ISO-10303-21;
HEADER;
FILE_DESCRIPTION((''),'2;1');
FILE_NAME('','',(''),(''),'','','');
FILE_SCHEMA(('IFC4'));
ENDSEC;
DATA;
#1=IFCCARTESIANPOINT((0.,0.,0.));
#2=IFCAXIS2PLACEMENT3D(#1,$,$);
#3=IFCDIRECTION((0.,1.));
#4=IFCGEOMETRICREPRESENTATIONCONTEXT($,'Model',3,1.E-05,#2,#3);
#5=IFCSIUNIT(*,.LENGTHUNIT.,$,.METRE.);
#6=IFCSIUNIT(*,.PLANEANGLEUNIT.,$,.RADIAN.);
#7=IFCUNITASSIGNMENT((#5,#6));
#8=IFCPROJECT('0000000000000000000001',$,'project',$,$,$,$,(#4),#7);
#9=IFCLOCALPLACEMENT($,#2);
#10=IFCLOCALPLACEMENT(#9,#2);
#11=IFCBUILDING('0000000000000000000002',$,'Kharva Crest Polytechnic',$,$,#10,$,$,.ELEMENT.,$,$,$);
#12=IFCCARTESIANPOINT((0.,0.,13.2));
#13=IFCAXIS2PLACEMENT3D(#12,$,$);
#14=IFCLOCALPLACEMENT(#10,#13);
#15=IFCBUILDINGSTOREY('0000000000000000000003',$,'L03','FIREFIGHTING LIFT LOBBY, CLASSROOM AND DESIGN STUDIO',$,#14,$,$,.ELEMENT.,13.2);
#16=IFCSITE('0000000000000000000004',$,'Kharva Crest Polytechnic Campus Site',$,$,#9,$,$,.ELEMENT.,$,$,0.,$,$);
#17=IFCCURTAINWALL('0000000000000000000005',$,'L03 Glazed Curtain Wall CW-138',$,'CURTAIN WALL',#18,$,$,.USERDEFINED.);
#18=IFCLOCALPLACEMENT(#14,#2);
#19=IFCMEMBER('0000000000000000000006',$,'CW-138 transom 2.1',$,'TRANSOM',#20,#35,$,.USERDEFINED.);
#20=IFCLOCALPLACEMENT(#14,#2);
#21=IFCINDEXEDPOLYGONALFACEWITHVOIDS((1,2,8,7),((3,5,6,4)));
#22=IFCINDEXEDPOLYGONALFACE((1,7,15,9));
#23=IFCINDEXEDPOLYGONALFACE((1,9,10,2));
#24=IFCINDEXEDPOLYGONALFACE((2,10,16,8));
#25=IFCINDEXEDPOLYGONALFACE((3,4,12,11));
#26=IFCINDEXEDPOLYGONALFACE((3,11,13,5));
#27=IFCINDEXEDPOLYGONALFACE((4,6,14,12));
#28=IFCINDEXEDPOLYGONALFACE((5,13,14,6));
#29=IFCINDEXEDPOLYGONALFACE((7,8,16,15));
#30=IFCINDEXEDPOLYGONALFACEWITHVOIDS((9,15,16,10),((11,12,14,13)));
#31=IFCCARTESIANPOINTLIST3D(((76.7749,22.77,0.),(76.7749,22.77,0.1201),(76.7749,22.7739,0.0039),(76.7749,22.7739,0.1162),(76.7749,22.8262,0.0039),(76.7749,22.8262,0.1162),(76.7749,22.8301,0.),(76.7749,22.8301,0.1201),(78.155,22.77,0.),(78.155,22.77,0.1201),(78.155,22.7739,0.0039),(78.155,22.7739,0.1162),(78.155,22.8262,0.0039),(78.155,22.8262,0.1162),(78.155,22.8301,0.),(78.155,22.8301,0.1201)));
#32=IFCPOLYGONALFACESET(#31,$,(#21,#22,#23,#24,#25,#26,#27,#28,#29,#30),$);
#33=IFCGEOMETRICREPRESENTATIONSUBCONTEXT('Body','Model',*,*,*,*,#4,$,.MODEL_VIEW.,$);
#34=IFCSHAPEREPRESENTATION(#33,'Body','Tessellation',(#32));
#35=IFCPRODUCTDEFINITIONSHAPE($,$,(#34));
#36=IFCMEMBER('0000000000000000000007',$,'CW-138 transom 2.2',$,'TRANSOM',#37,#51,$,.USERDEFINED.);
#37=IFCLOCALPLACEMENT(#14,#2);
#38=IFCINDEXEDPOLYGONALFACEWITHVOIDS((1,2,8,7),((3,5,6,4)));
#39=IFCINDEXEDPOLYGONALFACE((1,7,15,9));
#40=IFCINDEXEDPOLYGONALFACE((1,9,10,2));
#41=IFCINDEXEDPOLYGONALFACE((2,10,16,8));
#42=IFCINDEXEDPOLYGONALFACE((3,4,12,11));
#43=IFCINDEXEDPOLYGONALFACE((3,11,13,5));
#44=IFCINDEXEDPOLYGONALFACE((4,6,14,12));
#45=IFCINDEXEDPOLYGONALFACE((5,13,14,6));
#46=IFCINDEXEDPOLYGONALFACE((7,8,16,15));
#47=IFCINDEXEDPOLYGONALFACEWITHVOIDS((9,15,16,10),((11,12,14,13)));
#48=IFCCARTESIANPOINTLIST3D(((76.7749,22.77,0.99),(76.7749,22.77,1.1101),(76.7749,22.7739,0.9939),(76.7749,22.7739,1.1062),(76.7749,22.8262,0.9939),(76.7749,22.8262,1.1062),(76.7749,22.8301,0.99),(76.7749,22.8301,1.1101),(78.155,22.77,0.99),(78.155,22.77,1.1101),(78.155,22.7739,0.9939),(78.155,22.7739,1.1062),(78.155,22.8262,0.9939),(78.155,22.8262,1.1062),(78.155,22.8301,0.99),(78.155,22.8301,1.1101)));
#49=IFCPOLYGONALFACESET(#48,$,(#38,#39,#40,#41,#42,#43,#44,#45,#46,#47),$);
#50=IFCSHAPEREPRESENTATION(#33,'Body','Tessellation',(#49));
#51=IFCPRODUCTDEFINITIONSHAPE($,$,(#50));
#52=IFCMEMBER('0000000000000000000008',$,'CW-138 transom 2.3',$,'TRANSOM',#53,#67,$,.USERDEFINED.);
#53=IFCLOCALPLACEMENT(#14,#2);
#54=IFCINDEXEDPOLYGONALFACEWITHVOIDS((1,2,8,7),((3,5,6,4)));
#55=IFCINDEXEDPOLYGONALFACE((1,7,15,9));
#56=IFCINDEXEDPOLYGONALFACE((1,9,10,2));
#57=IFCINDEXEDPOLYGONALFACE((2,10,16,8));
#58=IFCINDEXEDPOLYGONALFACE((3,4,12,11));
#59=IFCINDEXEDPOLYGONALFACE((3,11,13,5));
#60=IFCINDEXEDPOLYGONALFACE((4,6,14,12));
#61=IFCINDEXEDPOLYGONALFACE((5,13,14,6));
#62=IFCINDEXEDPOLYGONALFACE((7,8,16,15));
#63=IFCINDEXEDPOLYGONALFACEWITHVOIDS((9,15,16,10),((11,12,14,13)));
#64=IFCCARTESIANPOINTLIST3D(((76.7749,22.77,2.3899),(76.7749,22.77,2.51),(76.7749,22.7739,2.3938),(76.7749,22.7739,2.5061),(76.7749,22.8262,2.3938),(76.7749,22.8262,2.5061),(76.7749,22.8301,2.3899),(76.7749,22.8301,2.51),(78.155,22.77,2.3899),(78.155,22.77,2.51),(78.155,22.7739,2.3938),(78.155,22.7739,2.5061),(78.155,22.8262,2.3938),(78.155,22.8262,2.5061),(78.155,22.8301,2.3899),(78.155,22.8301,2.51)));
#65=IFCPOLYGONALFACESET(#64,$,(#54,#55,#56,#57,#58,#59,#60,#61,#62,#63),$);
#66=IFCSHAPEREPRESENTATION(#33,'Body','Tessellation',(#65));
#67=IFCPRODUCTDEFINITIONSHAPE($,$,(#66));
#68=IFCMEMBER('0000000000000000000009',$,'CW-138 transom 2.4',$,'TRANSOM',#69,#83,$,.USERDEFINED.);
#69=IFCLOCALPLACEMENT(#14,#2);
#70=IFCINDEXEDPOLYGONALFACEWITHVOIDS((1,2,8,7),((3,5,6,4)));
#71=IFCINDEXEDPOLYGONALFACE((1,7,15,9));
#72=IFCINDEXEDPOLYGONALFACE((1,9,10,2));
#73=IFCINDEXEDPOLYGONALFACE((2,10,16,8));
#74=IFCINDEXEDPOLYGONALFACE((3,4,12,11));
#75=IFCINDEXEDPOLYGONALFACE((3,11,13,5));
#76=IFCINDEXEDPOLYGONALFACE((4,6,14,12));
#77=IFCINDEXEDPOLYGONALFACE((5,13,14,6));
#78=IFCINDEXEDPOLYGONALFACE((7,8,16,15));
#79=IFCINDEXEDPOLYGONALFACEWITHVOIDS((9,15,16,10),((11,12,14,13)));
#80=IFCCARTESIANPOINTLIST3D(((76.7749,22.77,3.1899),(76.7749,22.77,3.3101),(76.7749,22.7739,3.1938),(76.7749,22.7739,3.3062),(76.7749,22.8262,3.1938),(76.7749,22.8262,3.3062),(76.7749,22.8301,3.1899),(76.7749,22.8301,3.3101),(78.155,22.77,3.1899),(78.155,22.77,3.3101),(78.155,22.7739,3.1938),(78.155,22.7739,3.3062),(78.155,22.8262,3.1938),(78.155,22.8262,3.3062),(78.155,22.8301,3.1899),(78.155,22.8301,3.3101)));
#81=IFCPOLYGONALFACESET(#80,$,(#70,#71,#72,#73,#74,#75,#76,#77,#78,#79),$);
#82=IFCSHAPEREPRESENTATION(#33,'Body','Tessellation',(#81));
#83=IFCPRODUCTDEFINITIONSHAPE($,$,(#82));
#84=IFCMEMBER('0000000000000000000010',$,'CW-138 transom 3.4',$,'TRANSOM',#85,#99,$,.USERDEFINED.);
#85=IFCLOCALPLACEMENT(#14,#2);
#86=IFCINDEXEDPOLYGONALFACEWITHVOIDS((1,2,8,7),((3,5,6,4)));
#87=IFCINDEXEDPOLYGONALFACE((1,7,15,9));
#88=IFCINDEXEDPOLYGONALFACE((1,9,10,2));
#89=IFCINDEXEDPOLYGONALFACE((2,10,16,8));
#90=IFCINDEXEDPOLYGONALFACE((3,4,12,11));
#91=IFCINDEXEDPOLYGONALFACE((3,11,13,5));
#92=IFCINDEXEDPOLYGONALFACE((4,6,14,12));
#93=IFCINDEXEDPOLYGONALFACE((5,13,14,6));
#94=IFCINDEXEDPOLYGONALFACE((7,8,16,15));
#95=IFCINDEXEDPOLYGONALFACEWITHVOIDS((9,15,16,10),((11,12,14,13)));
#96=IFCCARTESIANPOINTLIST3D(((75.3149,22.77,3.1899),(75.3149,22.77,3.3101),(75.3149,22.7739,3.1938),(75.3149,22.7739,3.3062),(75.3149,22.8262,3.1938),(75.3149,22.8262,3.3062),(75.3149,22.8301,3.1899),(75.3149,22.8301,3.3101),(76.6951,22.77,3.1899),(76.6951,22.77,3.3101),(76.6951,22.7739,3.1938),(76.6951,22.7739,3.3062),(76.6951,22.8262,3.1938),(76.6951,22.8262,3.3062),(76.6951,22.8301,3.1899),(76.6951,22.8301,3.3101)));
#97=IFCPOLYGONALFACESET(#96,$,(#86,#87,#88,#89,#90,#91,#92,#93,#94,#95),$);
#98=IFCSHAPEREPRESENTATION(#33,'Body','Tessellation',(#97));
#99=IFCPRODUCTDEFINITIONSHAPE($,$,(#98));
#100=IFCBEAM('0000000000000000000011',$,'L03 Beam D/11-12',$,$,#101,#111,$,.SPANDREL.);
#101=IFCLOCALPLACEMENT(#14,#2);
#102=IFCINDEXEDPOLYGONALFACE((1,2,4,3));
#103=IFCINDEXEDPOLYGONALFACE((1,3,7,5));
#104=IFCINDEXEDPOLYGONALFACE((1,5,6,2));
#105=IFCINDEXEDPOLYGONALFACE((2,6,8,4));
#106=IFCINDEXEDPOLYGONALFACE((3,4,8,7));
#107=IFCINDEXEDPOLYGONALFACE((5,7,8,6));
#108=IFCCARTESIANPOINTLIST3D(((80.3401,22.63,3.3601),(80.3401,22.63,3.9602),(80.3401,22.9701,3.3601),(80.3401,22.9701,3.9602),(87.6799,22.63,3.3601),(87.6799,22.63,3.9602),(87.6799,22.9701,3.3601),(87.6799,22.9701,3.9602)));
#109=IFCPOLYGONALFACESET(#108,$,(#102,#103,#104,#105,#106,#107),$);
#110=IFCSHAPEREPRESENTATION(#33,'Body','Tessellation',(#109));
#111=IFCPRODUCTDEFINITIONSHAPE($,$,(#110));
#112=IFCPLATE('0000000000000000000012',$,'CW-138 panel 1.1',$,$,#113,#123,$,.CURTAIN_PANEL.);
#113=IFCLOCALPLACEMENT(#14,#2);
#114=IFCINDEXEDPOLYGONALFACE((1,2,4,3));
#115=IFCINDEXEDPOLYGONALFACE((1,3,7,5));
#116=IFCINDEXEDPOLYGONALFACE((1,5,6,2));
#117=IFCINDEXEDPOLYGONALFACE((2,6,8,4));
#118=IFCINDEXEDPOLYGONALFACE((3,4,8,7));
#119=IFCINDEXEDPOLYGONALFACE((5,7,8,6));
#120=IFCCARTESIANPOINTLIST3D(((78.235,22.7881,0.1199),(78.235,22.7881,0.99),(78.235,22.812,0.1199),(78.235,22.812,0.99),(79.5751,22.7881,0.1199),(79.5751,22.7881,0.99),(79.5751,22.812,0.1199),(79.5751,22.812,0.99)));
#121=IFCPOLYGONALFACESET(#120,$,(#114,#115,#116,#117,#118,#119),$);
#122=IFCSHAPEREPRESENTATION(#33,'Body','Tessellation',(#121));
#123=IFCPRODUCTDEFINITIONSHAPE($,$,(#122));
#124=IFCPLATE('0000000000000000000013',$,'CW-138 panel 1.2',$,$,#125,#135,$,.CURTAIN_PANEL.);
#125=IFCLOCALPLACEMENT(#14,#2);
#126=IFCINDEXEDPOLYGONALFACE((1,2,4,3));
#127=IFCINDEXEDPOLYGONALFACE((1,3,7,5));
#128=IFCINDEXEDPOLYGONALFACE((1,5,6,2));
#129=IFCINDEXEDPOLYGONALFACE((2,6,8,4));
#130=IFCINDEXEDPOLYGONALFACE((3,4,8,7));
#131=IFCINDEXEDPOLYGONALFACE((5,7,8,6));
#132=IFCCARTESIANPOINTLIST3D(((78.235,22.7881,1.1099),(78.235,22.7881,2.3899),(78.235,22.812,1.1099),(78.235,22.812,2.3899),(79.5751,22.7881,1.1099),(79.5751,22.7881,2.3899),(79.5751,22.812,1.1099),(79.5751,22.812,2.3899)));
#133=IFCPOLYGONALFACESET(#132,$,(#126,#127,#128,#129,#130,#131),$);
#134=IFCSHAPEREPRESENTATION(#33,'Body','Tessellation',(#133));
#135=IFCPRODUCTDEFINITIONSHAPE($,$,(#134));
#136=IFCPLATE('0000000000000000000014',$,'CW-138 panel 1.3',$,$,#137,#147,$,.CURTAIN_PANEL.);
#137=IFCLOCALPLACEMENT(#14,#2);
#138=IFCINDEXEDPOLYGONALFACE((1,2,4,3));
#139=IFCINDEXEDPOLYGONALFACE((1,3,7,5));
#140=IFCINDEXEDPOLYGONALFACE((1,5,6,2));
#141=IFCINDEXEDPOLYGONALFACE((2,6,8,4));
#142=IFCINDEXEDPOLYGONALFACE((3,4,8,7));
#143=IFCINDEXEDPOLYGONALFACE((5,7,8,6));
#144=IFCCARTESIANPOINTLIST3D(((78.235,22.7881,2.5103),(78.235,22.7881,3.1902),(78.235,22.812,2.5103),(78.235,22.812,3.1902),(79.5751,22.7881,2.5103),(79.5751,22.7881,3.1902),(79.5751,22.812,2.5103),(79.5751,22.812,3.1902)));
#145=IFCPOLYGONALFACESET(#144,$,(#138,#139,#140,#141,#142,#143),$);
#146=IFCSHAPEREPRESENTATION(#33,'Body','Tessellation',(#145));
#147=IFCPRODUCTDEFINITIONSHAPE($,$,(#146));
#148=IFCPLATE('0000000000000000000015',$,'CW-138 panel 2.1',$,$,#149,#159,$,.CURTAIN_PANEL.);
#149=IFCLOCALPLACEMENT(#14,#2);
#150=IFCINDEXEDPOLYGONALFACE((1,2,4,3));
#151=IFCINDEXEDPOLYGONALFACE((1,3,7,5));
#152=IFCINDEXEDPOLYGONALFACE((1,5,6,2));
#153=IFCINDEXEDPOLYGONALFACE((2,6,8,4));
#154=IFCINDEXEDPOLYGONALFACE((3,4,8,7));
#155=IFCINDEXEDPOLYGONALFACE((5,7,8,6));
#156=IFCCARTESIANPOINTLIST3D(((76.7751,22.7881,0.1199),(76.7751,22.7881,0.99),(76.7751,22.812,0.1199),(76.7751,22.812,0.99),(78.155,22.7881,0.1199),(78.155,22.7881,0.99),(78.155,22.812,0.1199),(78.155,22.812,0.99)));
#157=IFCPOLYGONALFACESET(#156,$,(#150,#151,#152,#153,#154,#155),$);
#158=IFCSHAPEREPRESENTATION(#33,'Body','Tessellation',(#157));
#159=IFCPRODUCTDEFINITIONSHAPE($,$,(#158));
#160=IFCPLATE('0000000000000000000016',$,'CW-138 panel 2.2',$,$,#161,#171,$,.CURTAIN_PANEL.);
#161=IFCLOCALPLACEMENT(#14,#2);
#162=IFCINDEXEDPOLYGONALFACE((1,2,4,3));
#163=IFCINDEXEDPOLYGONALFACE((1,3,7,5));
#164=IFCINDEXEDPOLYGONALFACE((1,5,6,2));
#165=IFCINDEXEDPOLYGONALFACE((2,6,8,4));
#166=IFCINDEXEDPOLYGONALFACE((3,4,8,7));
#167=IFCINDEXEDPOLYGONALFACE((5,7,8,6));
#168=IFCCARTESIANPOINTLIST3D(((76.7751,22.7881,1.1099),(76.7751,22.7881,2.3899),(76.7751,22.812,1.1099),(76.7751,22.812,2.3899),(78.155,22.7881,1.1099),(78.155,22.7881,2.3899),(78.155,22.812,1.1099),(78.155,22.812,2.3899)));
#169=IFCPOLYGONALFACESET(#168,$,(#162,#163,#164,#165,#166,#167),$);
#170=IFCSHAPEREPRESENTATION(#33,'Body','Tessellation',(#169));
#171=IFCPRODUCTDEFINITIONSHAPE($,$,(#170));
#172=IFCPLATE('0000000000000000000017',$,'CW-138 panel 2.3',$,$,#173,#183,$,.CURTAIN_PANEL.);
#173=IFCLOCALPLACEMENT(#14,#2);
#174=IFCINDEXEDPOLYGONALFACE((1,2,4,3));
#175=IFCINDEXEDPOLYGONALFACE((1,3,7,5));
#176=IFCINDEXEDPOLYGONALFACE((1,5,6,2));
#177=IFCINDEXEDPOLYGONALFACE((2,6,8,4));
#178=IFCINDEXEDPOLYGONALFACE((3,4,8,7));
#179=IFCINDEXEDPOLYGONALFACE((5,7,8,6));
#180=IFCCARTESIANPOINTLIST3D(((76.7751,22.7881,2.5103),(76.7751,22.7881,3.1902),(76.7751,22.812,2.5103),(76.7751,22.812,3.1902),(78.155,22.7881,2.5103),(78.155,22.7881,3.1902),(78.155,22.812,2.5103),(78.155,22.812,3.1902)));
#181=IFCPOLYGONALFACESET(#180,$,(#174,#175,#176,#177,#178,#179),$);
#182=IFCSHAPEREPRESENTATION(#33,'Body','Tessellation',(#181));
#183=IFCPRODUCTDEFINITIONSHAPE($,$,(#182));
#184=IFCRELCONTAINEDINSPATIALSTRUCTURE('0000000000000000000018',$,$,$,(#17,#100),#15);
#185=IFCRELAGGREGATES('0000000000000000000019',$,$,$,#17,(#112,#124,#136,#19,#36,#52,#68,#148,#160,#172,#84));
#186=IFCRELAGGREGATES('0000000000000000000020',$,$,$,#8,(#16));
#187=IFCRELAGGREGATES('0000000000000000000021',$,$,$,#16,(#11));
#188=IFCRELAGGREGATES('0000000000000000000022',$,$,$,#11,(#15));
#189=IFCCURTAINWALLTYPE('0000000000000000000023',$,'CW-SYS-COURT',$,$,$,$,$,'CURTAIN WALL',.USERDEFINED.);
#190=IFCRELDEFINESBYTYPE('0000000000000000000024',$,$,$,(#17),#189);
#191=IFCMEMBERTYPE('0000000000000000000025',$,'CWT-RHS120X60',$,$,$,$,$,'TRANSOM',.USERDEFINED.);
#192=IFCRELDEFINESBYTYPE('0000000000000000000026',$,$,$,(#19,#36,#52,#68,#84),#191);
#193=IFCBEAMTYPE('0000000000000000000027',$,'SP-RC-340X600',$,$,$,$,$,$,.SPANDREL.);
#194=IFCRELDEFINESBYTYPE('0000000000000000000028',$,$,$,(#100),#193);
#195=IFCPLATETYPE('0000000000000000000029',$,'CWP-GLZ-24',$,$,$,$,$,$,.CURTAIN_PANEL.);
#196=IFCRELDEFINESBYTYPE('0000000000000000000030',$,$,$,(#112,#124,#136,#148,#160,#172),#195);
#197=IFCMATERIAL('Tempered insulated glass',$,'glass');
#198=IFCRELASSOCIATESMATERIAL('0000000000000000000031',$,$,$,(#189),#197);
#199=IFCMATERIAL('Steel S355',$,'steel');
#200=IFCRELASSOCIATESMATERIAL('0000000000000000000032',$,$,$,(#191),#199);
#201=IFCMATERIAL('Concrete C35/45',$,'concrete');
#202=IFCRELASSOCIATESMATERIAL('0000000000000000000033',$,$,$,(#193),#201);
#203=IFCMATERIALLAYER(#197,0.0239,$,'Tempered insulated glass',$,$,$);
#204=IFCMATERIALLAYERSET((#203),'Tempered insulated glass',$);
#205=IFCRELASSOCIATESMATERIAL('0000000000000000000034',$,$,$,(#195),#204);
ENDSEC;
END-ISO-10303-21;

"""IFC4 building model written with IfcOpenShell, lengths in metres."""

from ifc_helpers import new_model, si_unit, direction, frame, origin, origin_2d, place, context, subcontext, project, spatial, rectangle, hollow_rectangle, extrude, material, layer, layer_set, material_profile, profile_set, type_object, element, aggregate, save


model = new_model("IFC4")

# Units and contexts
model_context = context("Model", 3, precision=1e-05, world=origin(), true_north=direction((0.0, 1.0)))
body_context = subcontext(model_context, "Body", "Model", "MODEL_VIEW")
ifc_project = project(units=[si_unit("LENGTHUNIT", "METRE"), si_unit("PLANEANGLEUNIT", "RADIAN")], contexts=[model_context])

# Site, building, storey
site_placement = place(None, origin())
site = spatial("IfcSite", under=ifc_project, at=site_placement, Name="Kharva Crest Polytechnic Campus Site", CompositionType="ELEMENT", RefElevation=0.0)
building_placement = place(site_placement, origin())
building = spatial("IfcBuilding", under=site, at=building_placement, Name="Kharva Crest Polytechnic", CompositionType="ELEMENT")
storey_placement = place(building_placement, frame((0.0, 0.0, 13.2)))
storey = spatial("IfcBuildingStorey", under=building, at=storey_placement, Name="L03", Description="FIREFIGHTING LIFT LOBBY, CLASSROOM AND DESIGN STUDIO", CompositionType="ELEMENT", Elevation=13.2)

# Curtain wall, members
ifc_material_1 = material(Name="Tempered insulated glass", Category="glass")
curtain_wall_type = type_object("IfcCurtainWallType", Name="CW-SYS-COURT", ElementType="CURTAIN WALL", PredefinedType="USERDEFINED", material=ifc_material_1)
curtain_wall_placement = place(storey_placement, origin())
curtain_wall = element("IfcCurtainWall", 1, at=curtain_wall_placement, inside=storey, type_object=curtain_wall_type, Name="L03 Glazed Curtain Wall CW-138", ObjectType="CURTAIN WALL", PredefinedType="USERDEFINED")
ifc_material_2 = material(Name="Steel S355", Category="steel")
ifc_material_profile_1 = material_profile(ifc_material_2, hollow_rectangle(XDim=0.0601, YDim=0.1201, WallThickness=0.0039, at=origin_2d()), Name="RHS 120X60X4.0")
ifc_profile_set_1 = profile_set([ifc_material_profile_1], Name="Steel S355")
member_type_1 = type_object("IfcMemberType", Name="CWT-RHS120X60", ElementType="TRANSOM", PredefinedType="USERDEFINED", material=ifc_profile_set_1)
member_1_placement = place(storey_placement, frame((78.155, 22.8, 0.0601), z_axis=(-1.0, 0.0, 0.0), x_axis=(0.0, -1.0, 0.0)))
member_1 = element("IfcMember", 2, at=member_1_placement, type_object=member_type_1, Name="CW-138 transom 2.1", ObjectType="TRANSOM", PredefinedType="USERDEFINED", context=body_context, shape_type="SweptSolid", body=[
    extrude(hollow_rectangle(XDim=0.0601, YDim=0.1201, WallThickness=0.0039, at=origin_2d()), origin(), (0.0, 0.0, 1.0), 1.3801),
])
member_2_placement = place(storey_placement, frame((78.155, 22.8, 1.05), z_axis=(-1.0, 0.0, 0.0), x_axis=(0.0, -1.0, 0.0)))
member_2 = element("IfcMember", 3, at=member_2_placement, type_object=member_type_1, Name="CW-138 transom 2.2", ObjectType="TRANSOM", PredefinedType="USERDEFINED", context=body_context, shape_type="SweptSolid", body=[
    extrude(hollow_rectangle(XDim=0.0601, YDim=0.1201, WallThickness=0.0039, at=origin_2d()), origin(), (0.0, 0.0, 1.0), 1.3801),
])
member_3_placement = place(storey_placement, frame((78.155, 22.8, 2.45), z_axis=(-1.0, 0.0, 0.0), x_axis=(0.0, -1.0, 0.0)))
member_3 = element("IfcMember", 4, at=member_3_placement, type_object=member_type_1, Name="CW-138 transom 2.3", ObjectType="TRANSOM", PredefinedType="USERDEFINED", context=body_context, shape_type="SweptSolid", body=[
    extrude(hollow_rectangle(XDim=0.0601, YDim=0.1201, WallThickness=0.0039, at=origin_2d()), origin(), (0.0, 0.0, 1.0), 1.3801),
])
member_4_placement = place(storey_placement, frame((78.155, 22.8, 3.25), z_axis=(-1.0, 0.0, 0.0), x_axis=(0.0, -1.0, 0.0)))
member_4 = element("IfcMember", 5, at=member_4_placement, type_object=member_type_1, Name="CW-138 transom 2.4", ObjectType="TRANSOM", PredefinedType="USERDEFINED", context=body_context, shape_type="SweptSolid", body=[
    extrude(hollow_rectangle(XDim=0.0601, YDim=0.1201, WallThickness=0.0039, at=origin_2d()), origin(), (0.0, 0.0, 1.0), 1.3801),
])
member_5_placement = place(storey_placement, frame((76.6951, 22.8, 3.25), z_axis=(-1.0, 0.0, 0.0), x_axis=(0.0, -1.0, 0.0)))
member_5 = element("IfcMember", 6, at=member_5_placement, type_object=member_type_1, Name="CW-138 transom 3.4", ObjectType="TRANSOM", PredefinedType="USERDEFINED", context=body_context, shape_type="SweptSolid", body=[
    extrude(hollow_rectangle(XDim=0.0601, YDim=0.1201, WallThickness=0.0039, at=origin_2d()), origin(), (0.0, 0.0, 1.0), 1.3801),
])

# Beam
ifc_material_3 = material(Name="Concrete C35/45", Category="concrete")
ifc_material_profile_2 = material_profile(ifc_material_3, rectangle(XDim=0.3401, YDim=0.6001, at=origin_2d()), Name="RECT 340 X 600")
ifc_profile_set_2 = profile_set([ifc_material_profile_2], Name="Concrete C35/45")
beam_type = type_object("IfcBeamType", Name="SP-RC-340X600", PredefinedType="SPANDREL", material=ifc_profile_set_2)
beam_placement = place(storey_placement, frame((80.3401, 22.8, 3.6602), z_axis=(1.0, 0.0, 0.0), x_axis=(0.0, 1.0, 0.0)))
element("IfcBeam", 7, at=beam_placement, inside=storey, type_object=beam_type, Name="L03 Beam D/11-12", PredefinedType="SPANDREL", context=body_context, shape_type="SweptSolid", body=[
    extrude(rectangle(XDim=0.3401, YDim=0.6001, at=origin_2d()), origin(), (0.0, 0.0, 1.0), 7.3398),
])

# Plates
ifc_layer_1 = layer(ifc_material_1, 0.0239, Name="Tempered insulated glass")
ifc_layer_set_1 = layer_set([ifc_layer_1], Name="Tempered insulated glass")
plate_type = type_object("IfcPlateType", Name="CWP-GLZ-24", PredefinedType="CURTAIN_PANEL", material=ifc_layer_set_1)
plate_1_placement = place(storey_placement, frame((78.905, 22.8, 0.1199), z_axis=(0.0, 0.0, 1.0), x_axis=(-1.0, 0.0, 0.0)))
plate_1 = element("IfcPlate", 8, at=plate_1_placement, type_object=plate_type, Name="CW-138 panel 1.1", PredefinedType="CURTAIN_PANEL", context=body_context, shape_type="SweptSolid", body=[
    extrude(rectangle(XDim=1.3401, YDim=0.0239, at=origin_2d()), origin(), (0.0, 0.0, 1.0), 0.8701),
])
plate_2_placement = place(storey_placement, frame((78.905, 22.8, 1.1099), z_axis=(0.0, 0.0, 1.0), x_axis=(-1.0, 0.0, 0.0)))
plate_2 = element("IfcPlate", 9, at=plate_2_placement, type_object=plate_type, Name="CW-138 panel 1.2", PredefinedType="CURTAIN_PANEL", context=body_context, shape_type="SweptSolid", body=[
    extrude(rectangle(XDim=1.3401, YDim=0.0239, at=origin_2d()), origin(), (0.0, 0.0, 1.0), 1.28),
])
plate_3_placement = place(storey_placement, frame((78.905, 22.8, 2.5103), z_axis=(0.0, 0.0, 1.0), x_axis=(-1.0, 0.0, 0.0)))
plate_3 = element("IfcPlate", 10, at=plate_3_placement, type_object=plate_type, Name="CW-138 panel 1.3", PredefinedType="CURTAIN_PANEL", context=body_context, shape_type="SweptSolid", body=[
    extrude(rectangle(XDim=1.3401, YDim=0.0239, at=origin_2d()), origin(), (0.0, 0.0, 1.0), 0.6799),
])
plate_4_placement = place(storey_placement, frame((77.4651, 22.8, 0.1199), z_axis=(0.0, 0.0, 1.0), x_axis=(-1.0, 0.0, 0.0)))
plate_4 = element("IfcPlate", 11, at=plate_4_placement, type_object=plate_type, Name="CW-138 panel 2.1", PredefinedType="CURTAIN_PANEL", context=body_context, shape_type="SweptSolid", body=[
    extrude(rectangle(XDim=1.3799, YDim=0.0239, at=origin_2d()), origin(), (0.0, 0.0, 1.0), 0.8701),
])
plate_5_placement = place(storey_placement, frame((77.4651, 22.8, 1.1099), z_axis=(0.0, 0.0, 1.0), x_axis=(-1.0, 0.0, 0.0)))
plate_5 = element("IfcPlate", 12, at=plate_5_placement, type_object=plate_type, Name="CW-138 panel 2.2", PredefinedType="CURTAIN_PANEL", context=body_context, shape_type="SweptSolid", body=[
    extrude(rectangle(XDim=1.3799, YDim=0.0239, at=origin_2d()), origin(), (0.0, 0.0, 1.0), 1.28),
])
plate_6_placement = place(storey_placement, frame((77.4651, 22.8, 2.5103), z_axis=(0.0, 0.0, 1.0), x_axis=(-1.0, 0.0, 0.0)))
plate_6 = element("IfcPlate", 13, at=plate_6_placement, type_object=plate_type, Name="CW-138 panel 2.3", PredefinedType="CURTAIN_PANEL", context=body_context, shape_type="SweptSolid", body=[
    extrude(rectangle(XDim=1.3799, YDim=0.0239, at=origin_2d()), origin(), (0.0, 0.0, 1.0), 0.6799),
])
aggregate(curtain_wall, [plate_1, plate_2, plate_3, member_1, member_2, member_3, member_4, plate_4, plate_5, plate_6, member_5])

save(model, "model.ifc")
